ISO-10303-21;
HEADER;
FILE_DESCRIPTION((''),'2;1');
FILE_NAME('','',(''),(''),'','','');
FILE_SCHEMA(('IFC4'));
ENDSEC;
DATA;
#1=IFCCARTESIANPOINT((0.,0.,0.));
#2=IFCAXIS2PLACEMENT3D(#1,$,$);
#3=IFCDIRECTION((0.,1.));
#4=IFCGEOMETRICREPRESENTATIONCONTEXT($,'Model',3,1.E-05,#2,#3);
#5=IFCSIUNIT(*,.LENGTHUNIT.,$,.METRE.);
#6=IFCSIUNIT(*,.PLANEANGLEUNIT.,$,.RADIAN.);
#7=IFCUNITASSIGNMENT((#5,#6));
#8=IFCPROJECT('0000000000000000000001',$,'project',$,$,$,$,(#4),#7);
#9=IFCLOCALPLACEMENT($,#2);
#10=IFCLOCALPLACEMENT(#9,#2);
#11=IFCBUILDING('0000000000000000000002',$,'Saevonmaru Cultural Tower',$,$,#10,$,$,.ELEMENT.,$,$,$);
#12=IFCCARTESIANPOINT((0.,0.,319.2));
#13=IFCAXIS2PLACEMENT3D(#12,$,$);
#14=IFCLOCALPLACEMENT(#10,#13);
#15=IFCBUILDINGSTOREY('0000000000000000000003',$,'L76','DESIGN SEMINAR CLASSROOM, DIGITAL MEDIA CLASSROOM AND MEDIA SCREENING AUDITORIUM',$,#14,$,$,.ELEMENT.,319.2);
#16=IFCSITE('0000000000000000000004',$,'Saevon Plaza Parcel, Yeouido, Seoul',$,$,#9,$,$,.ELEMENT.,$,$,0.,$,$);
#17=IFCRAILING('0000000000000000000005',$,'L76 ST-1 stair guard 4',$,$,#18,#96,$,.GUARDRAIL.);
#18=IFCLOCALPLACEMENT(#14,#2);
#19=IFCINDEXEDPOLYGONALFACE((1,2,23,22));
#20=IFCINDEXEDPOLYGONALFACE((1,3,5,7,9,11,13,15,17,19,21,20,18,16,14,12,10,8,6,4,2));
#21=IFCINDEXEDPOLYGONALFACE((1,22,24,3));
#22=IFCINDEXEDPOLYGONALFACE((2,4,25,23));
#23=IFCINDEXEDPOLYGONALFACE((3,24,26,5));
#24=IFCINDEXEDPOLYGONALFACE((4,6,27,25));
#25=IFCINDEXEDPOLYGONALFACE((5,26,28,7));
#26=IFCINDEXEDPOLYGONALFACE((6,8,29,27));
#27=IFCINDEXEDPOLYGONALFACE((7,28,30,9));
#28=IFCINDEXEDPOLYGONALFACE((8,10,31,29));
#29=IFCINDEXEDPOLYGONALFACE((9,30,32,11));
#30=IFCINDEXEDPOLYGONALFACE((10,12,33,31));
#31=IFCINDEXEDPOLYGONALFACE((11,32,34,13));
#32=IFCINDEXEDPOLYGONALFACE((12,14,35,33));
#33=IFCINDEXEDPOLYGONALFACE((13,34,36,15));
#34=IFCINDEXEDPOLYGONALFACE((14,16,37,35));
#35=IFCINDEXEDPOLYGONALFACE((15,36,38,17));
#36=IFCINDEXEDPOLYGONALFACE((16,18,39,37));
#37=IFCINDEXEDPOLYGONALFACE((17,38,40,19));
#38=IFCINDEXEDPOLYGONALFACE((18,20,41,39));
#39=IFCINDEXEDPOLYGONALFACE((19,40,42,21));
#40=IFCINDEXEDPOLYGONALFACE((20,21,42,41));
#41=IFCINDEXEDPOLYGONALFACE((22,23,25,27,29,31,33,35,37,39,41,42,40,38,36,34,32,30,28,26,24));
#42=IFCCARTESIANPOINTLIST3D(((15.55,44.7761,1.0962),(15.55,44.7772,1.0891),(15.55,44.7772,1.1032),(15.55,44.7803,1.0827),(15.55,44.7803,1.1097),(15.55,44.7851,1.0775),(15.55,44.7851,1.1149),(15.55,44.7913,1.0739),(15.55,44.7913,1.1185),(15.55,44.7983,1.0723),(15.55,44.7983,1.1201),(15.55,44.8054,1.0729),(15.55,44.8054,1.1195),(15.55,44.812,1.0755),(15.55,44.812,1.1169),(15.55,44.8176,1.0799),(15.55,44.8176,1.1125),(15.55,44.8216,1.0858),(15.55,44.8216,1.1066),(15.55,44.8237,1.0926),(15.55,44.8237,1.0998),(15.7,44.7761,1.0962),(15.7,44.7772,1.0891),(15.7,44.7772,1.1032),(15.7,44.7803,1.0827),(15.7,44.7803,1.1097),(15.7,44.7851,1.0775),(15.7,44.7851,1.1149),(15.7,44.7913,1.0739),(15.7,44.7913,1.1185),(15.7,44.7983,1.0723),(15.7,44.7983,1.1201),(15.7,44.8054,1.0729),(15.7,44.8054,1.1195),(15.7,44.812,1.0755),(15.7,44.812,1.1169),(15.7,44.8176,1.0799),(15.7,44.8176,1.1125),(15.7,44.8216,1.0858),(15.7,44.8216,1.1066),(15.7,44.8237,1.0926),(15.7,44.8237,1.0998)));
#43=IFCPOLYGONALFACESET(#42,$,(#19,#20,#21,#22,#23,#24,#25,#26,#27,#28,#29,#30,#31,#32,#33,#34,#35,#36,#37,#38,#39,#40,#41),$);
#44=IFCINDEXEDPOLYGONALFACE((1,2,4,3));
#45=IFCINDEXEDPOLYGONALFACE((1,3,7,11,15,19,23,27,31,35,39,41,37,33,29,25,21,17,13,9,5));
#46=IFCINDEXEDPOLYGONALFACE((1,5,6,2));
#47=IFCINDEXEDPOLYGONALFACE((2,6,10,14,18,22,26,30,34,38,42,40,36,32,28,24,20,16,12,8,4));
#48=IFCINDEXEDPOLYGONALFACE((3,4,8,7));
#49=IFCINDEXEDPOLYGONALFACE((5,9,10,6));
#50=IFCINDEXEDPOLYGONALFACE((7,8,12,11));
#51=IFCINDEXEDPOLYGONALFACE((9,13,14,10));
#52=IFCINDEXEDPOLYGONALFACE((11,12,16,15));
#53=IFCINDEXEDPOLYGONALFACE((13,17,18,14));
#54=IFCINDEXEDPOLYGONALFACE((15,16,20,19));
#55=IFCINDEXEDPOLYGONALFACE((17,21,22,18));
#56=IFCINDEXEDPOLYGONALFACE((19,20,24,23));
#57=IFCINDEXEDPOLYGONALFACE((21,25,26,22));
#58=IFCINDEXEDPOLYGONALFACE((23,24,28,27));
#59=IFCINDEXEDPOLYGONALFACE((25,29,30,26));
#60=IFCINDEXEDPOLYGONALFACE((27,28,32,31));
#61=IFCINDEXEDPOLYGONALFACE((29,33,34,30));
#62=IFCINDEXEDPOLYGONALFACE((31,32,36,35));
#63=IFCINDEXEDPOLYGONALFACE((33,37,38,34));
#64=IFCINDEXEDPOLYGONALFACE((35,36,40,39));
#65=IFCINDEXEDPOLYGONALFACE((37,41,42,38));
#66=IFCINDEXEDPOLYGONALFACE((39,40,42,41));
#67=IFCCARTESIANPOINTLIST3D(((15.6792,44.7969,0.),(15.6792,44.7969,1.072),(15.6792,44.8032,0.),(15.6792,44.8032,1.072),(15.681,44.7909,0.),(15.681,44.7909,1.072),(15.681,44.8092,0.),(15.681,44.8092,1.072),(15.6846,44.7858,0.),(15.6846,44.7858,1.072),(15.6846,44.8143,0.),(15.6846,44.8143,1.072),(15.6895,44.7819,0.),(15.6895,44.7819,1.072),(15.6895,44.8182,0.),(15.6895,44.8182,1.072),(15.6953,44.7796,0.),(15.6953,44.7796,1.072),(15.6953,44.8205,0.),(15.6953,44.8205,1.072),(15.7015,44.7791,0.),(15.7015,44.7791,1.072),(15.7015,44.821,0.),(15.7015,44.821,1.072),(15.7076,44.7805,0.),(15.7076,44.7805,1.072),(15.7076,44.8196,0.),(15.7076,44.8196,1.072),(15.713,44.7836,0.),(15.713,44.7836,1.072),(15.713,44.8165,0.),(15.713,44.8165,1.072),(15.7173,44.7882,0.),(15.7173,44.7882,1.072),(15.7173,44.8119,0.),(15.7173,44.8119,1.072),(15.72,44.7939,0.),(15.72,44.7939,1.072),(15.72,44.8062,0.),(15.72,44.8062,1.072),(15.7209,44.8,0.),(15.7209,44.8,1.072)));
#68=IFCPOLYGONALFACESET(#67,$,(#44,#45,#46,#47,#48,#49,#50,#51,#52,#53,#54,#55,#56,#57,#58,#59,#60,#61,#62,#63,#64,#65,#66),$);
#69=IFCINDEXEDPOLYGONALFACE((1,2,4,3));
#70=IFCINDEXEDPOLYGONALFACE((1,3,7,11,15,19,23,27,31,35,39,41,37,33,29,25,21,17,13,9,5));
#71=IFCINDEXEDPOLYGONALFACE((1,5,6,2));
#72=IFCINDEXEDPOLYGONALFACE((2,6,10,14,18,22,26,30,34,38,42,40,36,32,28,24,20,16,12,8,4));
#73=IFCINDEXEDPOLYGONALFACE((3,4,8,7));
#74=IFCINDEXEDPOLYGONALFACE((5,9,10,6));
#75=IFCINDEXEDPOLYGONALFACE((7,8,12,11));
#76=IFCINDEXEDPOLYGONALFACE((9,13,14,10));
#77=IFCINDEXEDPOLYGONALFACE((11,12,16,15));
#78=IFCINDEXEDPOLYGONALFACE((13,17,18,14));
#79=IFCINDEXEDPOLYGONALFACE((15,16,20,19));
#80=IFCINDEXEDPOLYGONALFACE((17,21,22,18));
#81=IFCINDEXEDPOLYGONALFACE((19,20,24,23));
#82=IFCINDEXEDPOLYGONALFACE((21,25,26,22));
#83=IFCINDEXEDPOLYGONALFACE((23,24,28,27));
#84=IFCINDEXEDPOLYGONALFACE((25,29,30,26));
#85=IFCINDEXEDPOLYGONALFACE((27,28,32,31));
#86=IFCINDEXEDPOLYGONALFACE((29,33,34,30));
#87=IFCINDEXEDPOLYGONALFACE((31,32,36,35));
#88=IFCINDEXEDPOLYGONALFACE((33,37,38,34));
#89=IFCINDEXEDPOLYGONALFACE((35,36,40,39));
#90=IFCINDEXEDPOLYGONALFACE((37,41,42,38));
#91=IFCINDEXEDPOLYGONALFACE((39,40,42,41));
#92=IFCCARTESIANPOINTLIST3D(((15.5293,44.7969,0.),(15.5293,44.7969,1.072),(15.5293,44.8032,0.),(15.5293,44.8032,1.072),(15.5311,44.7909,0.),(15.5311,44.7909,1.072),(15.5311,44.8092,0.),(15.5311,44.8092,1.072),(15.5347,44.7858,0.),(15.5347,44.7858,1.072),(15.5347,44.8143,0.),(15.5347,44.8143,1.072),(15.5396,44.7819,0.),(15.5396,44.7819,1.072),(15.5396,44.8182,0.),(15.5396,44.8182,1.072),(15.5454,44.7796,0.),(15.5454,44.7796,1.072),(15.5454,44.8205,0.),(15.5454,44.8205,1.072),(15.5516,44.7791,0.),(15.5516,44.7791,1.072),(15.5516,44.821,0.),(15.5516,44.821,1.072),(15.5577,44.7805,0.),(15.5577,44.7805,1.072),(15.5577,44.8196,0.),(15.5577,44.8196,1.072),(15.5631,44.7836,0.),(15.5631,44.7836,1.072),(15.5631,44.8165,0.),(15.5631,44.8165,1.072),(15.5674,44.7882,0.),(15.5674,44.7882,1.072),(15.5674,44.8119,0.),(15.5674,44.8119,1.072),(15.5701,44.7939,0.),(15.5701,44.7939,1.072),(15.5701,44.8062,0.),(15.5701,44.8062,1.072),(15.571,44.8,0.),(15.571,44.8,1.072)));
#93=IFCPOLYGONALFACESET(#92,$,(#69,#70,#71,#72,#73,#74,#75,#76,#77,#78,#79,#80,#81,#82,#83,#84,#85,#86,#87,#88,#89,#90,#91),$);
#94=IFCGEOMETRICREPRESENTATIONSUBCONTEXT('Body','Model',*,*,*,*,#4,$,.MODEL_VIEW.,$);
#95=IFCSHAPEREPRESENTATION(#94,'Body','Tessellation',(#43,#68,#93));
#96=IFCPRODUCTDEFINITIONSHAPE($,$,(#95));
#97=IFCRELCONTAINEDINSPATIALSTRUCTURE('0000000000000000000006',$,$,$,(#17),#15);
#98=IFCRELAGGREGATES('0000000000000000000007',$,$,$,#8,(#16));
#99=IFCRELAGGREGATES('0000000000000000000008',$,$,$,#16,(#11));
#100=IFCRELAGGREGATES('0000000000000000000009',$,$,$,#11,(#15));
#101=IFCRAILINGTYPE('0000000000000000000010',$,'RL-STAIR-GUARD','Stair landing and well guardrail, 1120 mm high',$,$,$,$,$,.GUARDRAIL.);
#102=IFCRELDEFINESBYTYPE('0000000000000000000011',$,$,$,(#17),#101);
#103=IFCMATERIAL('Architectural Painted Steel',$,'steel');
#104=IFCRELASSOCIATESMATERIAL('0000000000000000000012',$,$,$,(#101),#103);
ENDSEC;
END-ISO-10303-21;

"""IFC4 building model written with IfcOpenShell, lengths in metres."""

from ifc_helpers import new_model, si_unit, direction, frame, origin, origin_2d, place, context, subcontext, project, spatial, circle, extrude, material, type_object, element, save


model = new_model("IFC4")

# Units and contexts
model_context = context("Model", 3, precision=1e-05, world=origin(), true_north=direction((0.0, 1.0)))
body_context = subcontext(model_context, "Body", "Model", "MODEL_VIEW")
ifc_project = project(units=[si_unit("LENGTHUNIT", "METRE"), si_unit("PLANEANGLEUNIT", "RADIAN")], contexts=[model_context])

# Site, building, storey
site_placement = place(None, origin())
site = spatial("IfcSite", under=ifc_project, at=site_placement, Name="Saevon Plaza Parcel, Yeouido, Seoul", CompositionType="ELEMENT", RefElevation=0.0)
building_placement = place(site_placement, origin())
building = spatial("IfcBuilding", under=site, at=building_placement, Name="Saevonmaru Cultural Tower", CompositionType="ELEMENT")
storey_placement = place(building_placement, frame((0.0, 0.0, 319.2)))
storey = spatial("IfcBuildingStorey", under=building, at=storey_placement, Name="L76", Description="DESIGN SEMINAR CLASSROOM, DIGITAL MEDIA CLASSROOM AND MEDIA SCREENING AUDITORIUM", CompositionType="ELEMENT", Elevation=319.2)

# Railing
ifc_material_1 = material(Name="Architectural Painted Steel", Category="steel")
railing_type_1 = type_object("IfcRailingType", Name="RL-STAIR-GUARD", Description="Stair landing and well guardrail, 1120 mm high", PredefinedType="GUARDRAIL", material=ifc_material_1)
railing_1_placement = place(storey_placement, frame((15.7, 44.8, 0.0)))
element("IfcRailing", 1, at=railing_1_placement, inside=storey, type_object=railing_type_1, Name="L76 ST-1 stair guard 4", PredefinedType="GUARDRAIL", context=body_context, shape_type="SweptSolid", body=[
    extrude(circle(Radius=0.0239, at=origin_2d()), frame((0.0, 0.0, 1.0962), z_axis=(-1.0, 0.0, 0.0), x_axis=(0.0, -1.0, 0.0)), (0.0, 0.0, 1.0), 0.1499),
    extrude(circle(Radius=0.021, at=origin_2d()), origin(), (0.0, 0.0, 1.0), 1.072),
    extrude(circle(Radius=0.021, at=origin_2d()), frame((-0.1499, 0.0, 0.0)), (0.0, 0.0, 1.0), 1.072),
])

save(model, "model.ifc")
